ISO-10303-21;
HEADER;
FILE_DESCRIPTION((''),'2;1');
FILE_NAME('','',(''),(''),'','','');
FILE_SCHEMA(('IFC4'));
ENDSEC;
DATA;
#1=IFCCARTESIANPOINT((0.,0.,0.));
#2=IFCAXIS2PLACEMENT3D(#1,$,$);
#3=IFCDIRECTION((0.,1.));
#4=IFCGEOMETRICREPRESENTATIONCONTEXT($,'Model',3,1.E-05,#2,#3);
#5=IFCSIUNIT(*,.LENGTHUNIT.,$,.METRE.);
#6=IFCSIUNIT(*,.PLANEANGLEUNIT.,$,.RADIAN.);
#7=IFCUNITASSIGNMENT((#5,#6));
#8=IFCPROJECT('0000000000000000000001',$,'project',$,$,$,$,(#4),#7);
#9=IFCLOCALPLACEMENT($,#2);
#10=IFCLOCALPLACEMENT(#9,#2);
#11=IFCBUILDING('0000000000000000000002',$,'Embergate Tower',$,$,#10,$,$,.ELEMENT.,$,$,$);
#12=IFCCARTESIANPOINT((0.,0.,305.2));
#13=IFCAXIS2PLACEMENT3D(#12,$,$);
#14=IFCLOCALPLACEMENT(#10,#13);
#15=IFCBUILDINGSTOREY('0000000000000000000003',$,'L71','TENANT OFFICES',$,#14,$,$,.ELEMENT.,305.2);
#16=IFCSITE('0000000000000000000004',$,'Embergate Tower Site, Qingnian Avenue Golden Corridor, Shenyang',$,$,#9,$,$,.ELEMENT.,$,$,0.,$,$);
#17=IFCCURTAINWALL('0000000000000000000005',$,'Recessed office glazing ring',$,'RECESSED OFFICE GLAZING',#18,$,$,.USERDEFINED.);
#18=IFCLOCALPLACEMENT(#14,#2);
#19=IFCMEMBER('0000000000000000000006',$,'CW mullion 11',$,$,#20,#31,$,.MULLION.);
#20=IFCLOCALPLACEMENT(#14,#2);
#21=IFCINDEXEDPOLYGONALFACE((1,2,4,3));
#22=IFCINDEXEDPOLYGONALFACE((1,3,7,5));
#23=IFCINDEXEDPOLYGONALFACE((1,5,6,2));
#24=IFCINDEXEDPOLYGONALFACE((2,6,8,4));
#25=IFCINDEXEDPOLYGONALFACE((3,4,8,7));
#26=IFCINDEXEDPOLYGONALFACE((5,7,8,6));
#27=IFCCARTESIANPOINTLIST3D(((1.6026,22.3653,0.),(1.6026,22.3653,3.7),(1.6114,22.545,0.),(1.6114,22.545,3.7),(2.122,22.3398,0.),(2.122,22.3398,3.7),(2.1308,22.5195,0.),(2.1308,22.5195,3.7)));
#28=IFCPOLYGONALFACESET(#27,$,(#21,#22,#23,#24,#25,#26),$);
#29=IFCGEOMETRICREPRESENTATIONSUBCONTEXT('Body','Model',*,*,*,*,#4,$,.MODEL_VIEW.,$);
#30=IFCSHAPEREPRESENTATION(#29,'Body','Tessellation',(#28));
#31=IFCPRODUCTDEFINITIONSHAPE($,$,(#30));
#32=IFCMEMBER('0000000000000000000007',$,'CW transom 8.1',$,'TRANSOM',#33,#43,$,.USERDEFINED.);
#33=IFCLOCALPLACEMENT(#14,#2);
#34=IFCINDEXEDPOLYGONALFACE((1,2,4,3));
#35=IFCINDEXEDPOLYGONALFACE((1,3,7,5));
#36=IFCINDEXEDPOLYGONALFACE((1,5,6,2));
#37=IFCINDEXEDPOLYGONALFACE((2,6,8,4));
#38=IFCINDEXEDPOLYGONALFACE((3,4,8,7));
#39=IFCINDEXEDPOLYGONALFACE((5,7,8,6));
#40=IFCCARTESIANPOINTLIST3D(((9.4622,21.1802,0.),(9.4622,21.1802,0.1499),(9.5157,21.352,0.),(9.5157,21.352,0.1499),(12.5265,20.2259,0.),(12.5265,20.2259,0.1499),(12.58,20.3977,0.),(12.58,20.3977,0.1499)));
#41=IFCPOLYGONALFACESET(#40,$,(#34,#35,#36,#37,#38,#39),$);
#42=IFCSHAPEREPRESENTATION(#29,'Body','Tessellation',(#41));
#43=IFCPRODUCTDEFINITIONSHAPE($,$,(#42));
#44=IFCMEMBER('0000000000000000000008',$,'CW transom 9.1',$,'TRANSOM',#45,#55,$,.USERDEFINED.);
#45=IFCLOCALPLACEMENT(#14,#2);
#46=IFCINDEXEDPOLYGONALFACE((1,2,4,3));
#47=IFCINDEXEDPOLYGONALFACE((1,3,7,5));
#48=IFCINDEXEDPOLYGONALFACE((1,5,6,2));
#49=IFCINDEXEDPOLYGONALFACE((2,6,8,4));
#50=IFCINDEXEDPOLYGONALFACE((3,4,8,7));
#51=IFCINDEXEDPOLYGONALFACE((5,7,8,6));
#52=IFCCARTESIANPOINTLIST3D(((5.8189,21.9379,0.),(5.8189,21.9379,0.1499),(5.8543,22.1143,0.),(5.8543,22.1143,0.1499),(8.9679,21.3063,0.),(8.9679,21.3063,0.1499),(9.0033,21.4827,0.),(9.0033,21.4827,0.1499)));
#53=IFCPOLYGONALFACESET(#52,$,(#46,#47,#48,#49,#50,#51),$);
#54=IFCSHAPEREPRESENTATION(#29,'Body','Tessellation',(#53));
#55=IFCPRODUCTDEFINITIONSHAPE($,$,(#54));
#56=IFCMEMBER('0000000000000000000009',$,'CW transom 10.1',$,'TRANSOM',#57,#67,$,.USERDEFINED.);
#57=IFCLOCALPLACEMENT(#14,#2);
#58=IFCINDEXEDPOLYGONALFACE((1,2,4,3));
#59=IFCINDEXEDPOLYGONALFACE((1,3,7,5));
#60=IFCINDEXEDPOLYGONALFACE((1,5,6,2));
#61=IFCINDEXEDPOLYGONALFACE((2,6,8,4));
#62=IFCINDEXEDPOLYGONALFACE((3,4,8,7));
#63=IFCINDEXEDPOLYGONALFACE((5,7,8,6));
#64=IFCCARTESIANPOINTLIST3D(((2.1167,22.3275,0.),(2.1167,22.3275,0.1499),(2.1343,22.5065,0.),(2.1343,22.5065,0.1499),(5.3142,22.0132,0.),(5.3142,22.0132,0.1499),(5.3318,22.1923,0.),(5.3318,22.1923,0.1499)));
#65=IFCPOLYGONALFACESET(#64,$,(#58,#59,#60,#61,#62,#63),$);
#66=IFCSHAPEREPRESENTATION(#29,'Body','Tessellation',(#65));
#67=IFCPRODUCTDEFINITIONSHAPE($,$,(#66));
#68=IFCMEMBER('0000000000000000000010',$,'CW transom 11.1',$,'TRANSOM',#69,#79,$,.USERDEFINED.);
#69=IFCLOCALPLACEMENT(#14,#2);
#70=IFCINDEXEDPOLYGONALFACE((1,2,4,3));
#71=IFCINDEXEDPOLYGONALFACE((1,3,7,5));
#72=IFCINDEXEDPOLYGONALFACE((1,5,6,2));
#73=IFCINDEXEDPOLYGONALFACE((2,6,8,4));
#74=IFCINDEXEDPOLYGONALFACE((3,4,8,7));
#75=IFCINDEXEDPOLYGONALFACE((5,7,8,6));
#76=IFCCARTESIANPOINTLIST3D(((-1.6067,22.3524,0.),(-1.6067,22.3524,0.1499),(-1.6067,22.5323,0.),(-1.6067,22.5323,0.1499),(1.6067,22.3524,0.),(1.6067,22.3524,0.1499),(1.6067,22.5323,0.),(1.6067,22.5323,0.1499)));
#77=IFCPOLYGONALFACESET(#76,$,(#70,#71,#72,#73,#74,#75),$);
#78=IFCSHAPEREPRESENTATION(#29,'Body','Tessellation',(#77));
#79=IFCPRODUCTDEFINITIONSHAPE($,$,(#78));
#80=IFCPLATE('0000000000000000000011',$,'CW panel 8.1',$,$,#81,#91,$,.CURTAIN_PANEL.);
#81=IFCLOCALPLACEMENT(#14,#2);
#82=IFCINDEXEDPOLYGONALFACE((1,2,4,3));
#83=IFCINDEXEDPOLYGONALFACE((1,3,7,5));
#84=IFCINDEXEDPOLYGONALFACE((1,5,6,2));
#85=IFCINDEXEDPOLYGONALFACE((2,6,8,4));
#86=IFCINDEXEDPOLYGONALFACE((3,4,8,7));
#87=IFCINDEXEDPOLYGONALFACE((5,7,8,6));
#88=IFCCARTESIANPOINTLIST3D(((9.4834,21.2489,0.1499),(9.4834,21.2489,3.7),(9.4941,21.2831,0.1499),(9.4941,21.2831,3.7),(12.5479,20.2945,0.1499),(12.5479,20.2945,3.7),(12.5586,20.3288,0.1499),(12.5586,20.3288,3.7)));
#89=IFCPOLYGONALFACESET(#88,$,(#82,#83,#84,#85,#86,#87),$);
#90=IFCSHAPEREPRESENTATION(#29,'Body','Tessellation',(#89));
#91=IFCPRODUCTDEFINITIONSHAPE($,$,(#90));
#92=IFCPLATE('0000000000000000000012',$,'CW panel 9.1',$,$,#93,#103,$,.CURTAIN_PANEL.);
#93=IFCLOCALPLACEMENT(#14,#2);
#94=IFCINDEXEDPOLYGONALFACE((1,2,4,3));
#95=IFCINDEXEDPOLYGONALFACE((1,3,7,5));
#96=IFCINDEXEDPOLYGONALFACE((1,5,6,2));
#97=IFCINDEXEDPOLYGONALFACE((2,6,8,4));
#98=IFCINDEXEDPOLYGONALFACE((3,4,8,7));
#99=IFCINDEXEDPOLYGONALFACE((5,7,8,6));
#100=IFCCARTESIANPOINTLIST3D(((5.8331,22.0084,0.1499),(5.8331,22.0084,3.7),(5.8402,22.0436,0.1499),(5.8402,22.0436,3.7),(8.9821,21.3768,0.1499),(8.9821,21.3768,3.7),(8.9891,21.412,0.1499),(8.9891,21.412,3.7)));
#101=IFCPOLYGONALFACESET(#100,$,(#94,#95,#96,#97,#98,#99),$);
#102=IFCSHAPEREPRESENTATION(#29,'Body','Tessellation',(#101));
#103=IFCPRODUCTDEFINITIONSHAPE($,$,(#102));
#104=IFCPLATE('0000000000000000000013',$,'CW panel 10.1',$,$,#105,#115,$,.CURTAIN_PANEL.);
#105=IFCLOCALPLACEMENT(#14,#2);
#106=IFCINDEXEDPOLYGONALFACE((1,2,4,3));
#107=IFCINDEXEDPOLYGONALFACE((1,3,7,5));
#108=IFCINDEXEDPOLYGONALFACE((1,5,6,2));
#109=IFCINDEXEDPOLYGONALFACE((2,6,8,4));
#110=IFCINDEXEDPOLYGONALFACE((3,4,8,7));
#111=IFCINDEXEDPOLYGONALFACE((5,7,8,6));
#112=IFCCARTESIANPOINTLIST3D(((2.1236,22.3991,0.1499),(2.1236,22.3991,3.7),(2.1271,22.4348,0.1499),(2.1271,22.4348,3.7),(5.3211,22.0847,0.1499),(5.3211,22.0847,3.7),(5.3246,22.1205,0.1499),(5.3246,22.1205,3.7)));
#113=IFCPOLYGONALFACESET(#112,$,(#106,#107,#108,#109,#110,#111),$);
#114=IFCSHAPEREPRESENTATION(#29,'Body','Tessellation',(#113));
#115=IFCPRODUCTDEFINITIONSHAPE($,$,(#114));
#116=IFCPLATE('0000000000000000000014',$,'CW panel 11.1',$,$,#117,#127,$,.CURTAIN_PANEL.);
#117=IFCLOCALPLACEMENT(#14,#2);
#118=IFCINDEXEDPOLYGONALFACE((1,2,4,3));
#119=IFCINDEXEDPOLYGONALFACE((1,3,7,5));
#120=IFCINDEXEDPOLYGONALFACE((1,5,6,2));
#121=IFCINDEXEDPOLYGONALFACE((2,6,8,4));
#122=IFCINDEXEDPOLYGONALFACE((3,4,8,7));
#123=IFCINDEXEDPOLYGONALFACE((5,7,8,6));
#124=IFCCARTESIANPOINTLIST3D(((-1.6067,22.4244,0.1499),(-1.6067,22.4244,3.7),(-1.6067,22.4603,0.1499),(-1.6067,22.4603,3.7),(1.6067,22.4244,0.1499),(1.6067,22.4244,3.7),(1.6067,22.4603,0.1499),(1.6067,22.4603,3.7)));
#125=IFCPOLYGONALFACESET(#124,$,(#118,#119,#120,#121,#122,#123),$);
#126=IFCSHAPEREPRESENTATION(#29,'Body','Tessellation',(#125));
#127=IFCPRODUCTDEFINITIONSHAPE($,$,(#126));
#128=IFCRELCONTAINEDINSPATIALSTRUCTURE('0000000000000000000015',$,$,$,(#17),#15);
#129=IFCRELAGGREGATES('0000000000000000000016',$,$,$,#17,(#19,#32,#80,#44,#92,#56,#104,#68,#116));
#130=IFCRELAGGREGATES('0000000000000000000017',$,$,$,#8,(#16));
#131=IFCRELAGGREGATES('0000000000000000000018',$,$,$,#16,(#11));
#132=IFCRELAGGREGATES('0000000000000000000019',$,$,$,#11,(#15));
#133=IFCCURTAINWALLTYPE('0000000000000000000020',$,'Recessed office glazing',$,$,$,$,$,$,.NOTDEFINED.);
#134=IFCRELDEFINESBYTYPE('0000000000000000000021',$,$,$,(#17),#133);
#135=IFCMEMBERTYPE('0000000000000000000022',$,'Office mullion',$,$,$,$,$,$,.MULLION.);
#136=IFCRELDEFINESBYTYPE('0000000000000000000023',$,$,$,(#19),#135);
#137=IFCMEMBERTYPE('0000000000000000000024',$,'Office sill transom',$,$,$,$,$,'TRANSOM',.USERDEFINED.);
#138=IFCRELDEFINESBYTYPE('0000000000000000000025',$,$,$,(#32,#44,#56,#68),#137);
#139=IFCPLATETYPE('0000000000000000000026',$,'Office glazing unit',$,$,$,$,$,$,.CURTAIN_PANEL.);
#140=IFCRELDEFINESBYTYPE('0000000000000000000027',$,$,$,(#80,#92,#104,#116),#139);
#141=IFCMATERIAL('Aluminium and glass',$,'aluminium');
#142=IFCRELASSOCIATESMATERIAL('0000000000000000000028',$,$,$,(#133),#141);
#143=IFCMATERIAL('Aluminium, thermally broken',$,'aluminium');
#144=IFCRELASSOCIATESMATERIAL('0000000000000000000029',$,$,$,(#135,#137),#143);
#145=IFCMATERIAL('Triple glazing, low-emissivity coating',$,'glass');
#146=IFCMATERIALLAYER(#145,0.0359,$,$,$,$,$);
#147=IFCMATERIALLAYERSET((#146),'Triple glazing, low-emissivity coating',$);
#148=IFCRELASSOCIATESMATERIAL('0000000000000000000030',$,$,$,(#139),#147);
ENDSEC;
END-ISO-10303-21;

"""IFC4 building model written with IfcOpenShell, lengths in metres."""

from ifc_helpers import new_model, si_unit, direction, frame, origin, origin_2d, place, context, subcontext, project, spatial, rectangle, extrude, source, transform, mapped, material, layer, layer_set, material_profile, profile_set, type_object, element, aggregate, save


model = new_model("IFC4")

# Units and contexts
model_context = context("Model", 3, precision=1e-05, world=origin(), true_north=direction((0.0, 1.0)))
body_context = subcontext(model_context, "Body", "Model", "MODEL_VIEW")
ifc_project = project(units=[si_unit("LENGTHUNIT", "METRE"), si_unit("PLANEANGLEUNIT", "RADIAN")], contexts=[model_context])

# Site, building, storey
site_placement = place(None, origin())
site = spatial("IfcSite", under=ifc_project, at=site_placement, Name="Embergate Tower Site, Qingnian Avenue Golden Corridor, Shenyang", CompositionType="ELEMENT", RefElevation=0.0)
building_placement = place(site_placement, origin())
building = spatial("IfcBuilding", under=site, at=building_placement, Name="Embergate Tower", CompositionType="ELEMENT")
storey_placement = place(building_placement, frame((0.0, 0.0, 305.2)))
storey = spatial("IfcBuildingStorey", under=building, at=storey_placement, Name="L71", Description="TENANT OFFICES", CompositionType="ELEMENT", Elevation=305.2)

# Curtain wall, members, plates
ifc_material_1 = material(Name="Aluminium and glass", Category="aluminium")
curtain_wall_type = type_object("IfcCurtainWallType", Name="Recessed office glazing", PredefinedType="NOTDEFINED", material=ifc_material_1)
curtain_wall_placement = place(storey_placement, origin())
curtain_wall = element("IfcCurtainWall", 1, at=curtain_wall_placement, inside=storey, type_object=curtain_wall_type, Name="Recessed office glazing ring", ObjectType="RECESSED OFFICE GLAZING", PredefinedType="USERDEFINED")
ifc_material_2 = material(Name="Aluminium, thermally broken", Category="aluminium")
ifc_material_profile_1 = material_profile(ifc_material_2, rectangle(XDim=0.1799, YDim=0.52, at=origin_2d()), Name="AL 520x180")
ifc_profile_set_1 = profile_set([ifc_material_profile_1], Name="Aluminium, thermally broken")
member_type_1 = type_object("IfcMemberType", Name="Office mullion", PredefinedType="MULLION", material=ifc_profile_set_1)
shared_shape_1 = source(origin(), body_context, "Body", "SweptSolid", [
    extrude(rectangle(XDim=0.1799, YDim=0.52, at=origin_2d()), origin(), (0.0, 0.0, 1.0), 3.7),
])
member_1_placement = place(storey_placement, frame((1.8667, 22.4424, 0.0), z_axis=(0.0, 0.0, 1.0), x_axis=(-0.048972, -0.9988, 0.0)))
member_1 = element("IfcMember", 2, at=member_1_placement, type_object=member_type_1, Name="CW mullion 11", PredefinedType="MULLION", context=body_context, shape_type="MappedRepresentation", body=[
    mapped(shared_shape_1, transform((0.0, 0.0, 0.0))),
])
ifc_material_profile_2 = material_profile(ifc_material_2, rectangle(XDim=0.1799, YDim=0.1499, at=origin_2d()), Name="AL 150x180")
ifc_profile_set_2 = profile_set([ifc_material_profile_2], Name="Aluminium, thermally broken")
member_type_2 = type_object("IfcMemberType", Name="Office sill transom", ElementType="TRANSOM", PredefinedType="USERDEFINED", material=ifc_profile_set_2)
shared_shape_2 = source(origin(), body_context, "Body", "SweptSolid", [
    extrude(rectangle(XDim=0.1799, YDim=0.1499, at=origin_2d()), origin(), (0.0, 0.0, 1.0), 3.2095),
])
member_2_placement = place(storey_placement, frame((12.5532, 20.3118, 0.075), z_axis=(-0.954765, 0.297361, 0.0), x_axis=(-0.297361, -0.954765, 0.0)))
member_2 = element("IfcMember", 3, at=member_2_placement, type_object=member_type_2, Name="CW transom 8.1", ObjectType="TRANSOM", PredefinedType="USERDEFINED", context=body_context, shape_type="MappedRepresentation", body=[
    mapped(shared_shape_2, transform((0.0, 0.0, 0.0))),
])
shared_shape_3 = source(origin(), body_context, "Body", "SweptSolid", [
    extrude(rectangle(XDim=0.1799, YDim=0.1499, at=origin_2d()), origin(), (0.0, 0.0, 1.0), 3.2117),
])
member_3_placement = place(storey_placement, frame((8.9856, 21.3945, 0.075), z_axis=(-0.980472, 0.196657, 0.0), x_axis=(-0.196657, -0.980472, 0.0)))
member_3 = element("IfcMember", 4, at=member_3_placement, type_object=member_type_2, Name="CW transom 9.1", ObjectType="TRANSOM", PredefinedType="USERDEFINED", context=body_context, shape_type="MappedRepresentation", body=[
    mapped(shared_shape_3, transform((0.0, 0.0, 0.0))),
])
shared_shape_4 = source(origin(), body_context, "Body", "SweptSolid", [
    extrude(rectangle(XDim=0.1799, YDim=0.1499, at=origin_2d()), origin(), (0.0, 0.0, 1.0), 3.2129),
])
member_4_placement = place(storey_placement, frame((5.323, 22.1028, 0.075), z_axis=(-0.995207, 0.097796, 0.0), x_axis=(-0.097796, -0.995207, 0.0)))
member_4 = element("IfcMember", 5, at=member_4_placement, type_object=member_type_2, Name="CW transom 10.1", ObjectType="TRANSOM", PredefinedType="USERDEFINED", context=body_context, shape_type="MappedRepresentation", body=[
    mapped(shared_shape_4, transform((0.0, 0.0, 0.0))),
])
shared_shape_5 = source(origin(), body_context, "Body", "SweptSolid", [
    extrude(rectangle(XDim=0.1799, YDim=0.1499, at=origin_2d()), origin(), (0.0, 0.0, 1.0), 3.2134),
])
member_5_placement = place(storey_placement, frame((1.6067, 22.4424, 0.075), z_axis=(-1.0, 0.0, 0.0), x_axis=(0.0, -1.0, 0.0)))
member_5 = element("IfcMember", 6, at=member_5_placement, type_object=member_type_2, Name="CW transom 11.1", ObjectType="TRANSOM", PredefinedType="USERDEFINED", context=body_context, shape_type="MappedRepresentation", body=[
    mapped(shared_shape_5, transform((0.0, 0.0, 0.0))),
])
ifc_material_3 = material(Name="Triple glazing, low-emissivity coating", Category="glass")
ifc_layer_1 = layer(ifc_material_3, 0.0359)
ifc_layer_set_1 = layer_set([ifc_layer_1], Name="Triple glazing, low-emissivity coating")
plate_type = type_object("IfcPlateType", Name="Office glazing unit", PredefinedType="CURTAIN_PANEL", material=ifc_layer_set_1)
shared_shape_6 = source(origin(), body_context, "Body", "SweptSolid", [
    extrude(rectangle(XDim=3.2097, YDim=0.0359, at=origin_2d()), origin(), (0.0, 0.0, 1.0), 3.55),
])
plate_1_placement = place(storey_placement, frame((11.021, 20.7888, 0.1499), z_axis=(0.0, 0.0, 1.0), x_axis=(-0.954771, 0.297342, 0.0)))
plate_1 = element("IfcPlate", 7, at=plate_1_placement, type_object=plate_type, Name="CW panel 8.1", PredefinedType="CURTAIN_PANEL", context=body_context, shape_type="MappedRepresentation", body=[
    mapped(shared_shape_6, transform((0.0, 0.0, 0.0))),
])
shared_shape_7 = source(origin(), body_context, "Body", "SweptSolid", [
    extrude(rectangle(XDim=3.2117, YDim=0.0359, at=origin_2d()), origin(), (0.0, 0.0, 1.0), 3.55),
])
plate_2_placement = place(storey_placement, frame((7.4111, 21.7102, 0.1499), z_axis=(0.0, 0.0, 1.0), x_axis=(-0.980475, 0.196643, 0.0)))
plate_2 = element("IfcPlate", 8, at=plate_2_placement, type_object=plate_type, Name="CW panel 9.1", PredefinedType="CURTAIN_PANEL", context=body_context, shape_type="MappedRepresentation", body=[
    mapped(shared_shape_7, transform((0.0, 0.0, 0.0))),
])
shared_shape_8 = source(origin(), body_context, "Body", "SweptSolid", [
    extrude(rectangle(XDim=3.2129, YDim=0.0359, at=origin_2d()), origin(), (0.0, 0.0, 1.0), 3.55),
])
plate_3_placement = place(storey_placement, frame((3.7241, 22.2598, 0.1499), z_axis=(0.0, 0.0, 1.0), x_axis=(-0.995203, 0.097831, 0.0)))
plate_3 = element("IfcPlate", 9, at=plate_3_placement, type_object=plate_type, Name="CW panel 10.1", PredefinedType="CURTAIN_PANEL", context=body_context, shape_type="MappedRepresentation", body=[
    mapped(shared_shape_8, transform((0.0, 0.0, 0.0))),
])
shared_shape_9 = source(origin(), body_context, "Body", "SweptSolid", [
    extrude(rectangle(XDim=3.2134, YDim=0.0359, at=origin_2d()), origin(), (0.0, 0.0, 1.0), 3.55),
])
plate_4_placement = place(storey_placement, frame((0.0, 22.4424, 0.1499), z_axis=(0.0, 0.0, 1.0), x_axis=(-1.0, 0.0, 0.0)))
plate_4 = element("IfcPlate", 10, at=plate_4_placement, type_object=plate_type, Name="CW panel 11.1", PredefinedType="CURTAIN_PANEL", context=body_context, shape_type="MappedRepresentation", body=[
    mapped(shared_shape_9, transform((0.0, 0.0, 0.0))),
])
aggregate(curtain_wall, [member_1, member_2, plate_1, member_3, plate_2, member_4, plate_3, member_5, plate_4])

save(model, "model.ifc")
